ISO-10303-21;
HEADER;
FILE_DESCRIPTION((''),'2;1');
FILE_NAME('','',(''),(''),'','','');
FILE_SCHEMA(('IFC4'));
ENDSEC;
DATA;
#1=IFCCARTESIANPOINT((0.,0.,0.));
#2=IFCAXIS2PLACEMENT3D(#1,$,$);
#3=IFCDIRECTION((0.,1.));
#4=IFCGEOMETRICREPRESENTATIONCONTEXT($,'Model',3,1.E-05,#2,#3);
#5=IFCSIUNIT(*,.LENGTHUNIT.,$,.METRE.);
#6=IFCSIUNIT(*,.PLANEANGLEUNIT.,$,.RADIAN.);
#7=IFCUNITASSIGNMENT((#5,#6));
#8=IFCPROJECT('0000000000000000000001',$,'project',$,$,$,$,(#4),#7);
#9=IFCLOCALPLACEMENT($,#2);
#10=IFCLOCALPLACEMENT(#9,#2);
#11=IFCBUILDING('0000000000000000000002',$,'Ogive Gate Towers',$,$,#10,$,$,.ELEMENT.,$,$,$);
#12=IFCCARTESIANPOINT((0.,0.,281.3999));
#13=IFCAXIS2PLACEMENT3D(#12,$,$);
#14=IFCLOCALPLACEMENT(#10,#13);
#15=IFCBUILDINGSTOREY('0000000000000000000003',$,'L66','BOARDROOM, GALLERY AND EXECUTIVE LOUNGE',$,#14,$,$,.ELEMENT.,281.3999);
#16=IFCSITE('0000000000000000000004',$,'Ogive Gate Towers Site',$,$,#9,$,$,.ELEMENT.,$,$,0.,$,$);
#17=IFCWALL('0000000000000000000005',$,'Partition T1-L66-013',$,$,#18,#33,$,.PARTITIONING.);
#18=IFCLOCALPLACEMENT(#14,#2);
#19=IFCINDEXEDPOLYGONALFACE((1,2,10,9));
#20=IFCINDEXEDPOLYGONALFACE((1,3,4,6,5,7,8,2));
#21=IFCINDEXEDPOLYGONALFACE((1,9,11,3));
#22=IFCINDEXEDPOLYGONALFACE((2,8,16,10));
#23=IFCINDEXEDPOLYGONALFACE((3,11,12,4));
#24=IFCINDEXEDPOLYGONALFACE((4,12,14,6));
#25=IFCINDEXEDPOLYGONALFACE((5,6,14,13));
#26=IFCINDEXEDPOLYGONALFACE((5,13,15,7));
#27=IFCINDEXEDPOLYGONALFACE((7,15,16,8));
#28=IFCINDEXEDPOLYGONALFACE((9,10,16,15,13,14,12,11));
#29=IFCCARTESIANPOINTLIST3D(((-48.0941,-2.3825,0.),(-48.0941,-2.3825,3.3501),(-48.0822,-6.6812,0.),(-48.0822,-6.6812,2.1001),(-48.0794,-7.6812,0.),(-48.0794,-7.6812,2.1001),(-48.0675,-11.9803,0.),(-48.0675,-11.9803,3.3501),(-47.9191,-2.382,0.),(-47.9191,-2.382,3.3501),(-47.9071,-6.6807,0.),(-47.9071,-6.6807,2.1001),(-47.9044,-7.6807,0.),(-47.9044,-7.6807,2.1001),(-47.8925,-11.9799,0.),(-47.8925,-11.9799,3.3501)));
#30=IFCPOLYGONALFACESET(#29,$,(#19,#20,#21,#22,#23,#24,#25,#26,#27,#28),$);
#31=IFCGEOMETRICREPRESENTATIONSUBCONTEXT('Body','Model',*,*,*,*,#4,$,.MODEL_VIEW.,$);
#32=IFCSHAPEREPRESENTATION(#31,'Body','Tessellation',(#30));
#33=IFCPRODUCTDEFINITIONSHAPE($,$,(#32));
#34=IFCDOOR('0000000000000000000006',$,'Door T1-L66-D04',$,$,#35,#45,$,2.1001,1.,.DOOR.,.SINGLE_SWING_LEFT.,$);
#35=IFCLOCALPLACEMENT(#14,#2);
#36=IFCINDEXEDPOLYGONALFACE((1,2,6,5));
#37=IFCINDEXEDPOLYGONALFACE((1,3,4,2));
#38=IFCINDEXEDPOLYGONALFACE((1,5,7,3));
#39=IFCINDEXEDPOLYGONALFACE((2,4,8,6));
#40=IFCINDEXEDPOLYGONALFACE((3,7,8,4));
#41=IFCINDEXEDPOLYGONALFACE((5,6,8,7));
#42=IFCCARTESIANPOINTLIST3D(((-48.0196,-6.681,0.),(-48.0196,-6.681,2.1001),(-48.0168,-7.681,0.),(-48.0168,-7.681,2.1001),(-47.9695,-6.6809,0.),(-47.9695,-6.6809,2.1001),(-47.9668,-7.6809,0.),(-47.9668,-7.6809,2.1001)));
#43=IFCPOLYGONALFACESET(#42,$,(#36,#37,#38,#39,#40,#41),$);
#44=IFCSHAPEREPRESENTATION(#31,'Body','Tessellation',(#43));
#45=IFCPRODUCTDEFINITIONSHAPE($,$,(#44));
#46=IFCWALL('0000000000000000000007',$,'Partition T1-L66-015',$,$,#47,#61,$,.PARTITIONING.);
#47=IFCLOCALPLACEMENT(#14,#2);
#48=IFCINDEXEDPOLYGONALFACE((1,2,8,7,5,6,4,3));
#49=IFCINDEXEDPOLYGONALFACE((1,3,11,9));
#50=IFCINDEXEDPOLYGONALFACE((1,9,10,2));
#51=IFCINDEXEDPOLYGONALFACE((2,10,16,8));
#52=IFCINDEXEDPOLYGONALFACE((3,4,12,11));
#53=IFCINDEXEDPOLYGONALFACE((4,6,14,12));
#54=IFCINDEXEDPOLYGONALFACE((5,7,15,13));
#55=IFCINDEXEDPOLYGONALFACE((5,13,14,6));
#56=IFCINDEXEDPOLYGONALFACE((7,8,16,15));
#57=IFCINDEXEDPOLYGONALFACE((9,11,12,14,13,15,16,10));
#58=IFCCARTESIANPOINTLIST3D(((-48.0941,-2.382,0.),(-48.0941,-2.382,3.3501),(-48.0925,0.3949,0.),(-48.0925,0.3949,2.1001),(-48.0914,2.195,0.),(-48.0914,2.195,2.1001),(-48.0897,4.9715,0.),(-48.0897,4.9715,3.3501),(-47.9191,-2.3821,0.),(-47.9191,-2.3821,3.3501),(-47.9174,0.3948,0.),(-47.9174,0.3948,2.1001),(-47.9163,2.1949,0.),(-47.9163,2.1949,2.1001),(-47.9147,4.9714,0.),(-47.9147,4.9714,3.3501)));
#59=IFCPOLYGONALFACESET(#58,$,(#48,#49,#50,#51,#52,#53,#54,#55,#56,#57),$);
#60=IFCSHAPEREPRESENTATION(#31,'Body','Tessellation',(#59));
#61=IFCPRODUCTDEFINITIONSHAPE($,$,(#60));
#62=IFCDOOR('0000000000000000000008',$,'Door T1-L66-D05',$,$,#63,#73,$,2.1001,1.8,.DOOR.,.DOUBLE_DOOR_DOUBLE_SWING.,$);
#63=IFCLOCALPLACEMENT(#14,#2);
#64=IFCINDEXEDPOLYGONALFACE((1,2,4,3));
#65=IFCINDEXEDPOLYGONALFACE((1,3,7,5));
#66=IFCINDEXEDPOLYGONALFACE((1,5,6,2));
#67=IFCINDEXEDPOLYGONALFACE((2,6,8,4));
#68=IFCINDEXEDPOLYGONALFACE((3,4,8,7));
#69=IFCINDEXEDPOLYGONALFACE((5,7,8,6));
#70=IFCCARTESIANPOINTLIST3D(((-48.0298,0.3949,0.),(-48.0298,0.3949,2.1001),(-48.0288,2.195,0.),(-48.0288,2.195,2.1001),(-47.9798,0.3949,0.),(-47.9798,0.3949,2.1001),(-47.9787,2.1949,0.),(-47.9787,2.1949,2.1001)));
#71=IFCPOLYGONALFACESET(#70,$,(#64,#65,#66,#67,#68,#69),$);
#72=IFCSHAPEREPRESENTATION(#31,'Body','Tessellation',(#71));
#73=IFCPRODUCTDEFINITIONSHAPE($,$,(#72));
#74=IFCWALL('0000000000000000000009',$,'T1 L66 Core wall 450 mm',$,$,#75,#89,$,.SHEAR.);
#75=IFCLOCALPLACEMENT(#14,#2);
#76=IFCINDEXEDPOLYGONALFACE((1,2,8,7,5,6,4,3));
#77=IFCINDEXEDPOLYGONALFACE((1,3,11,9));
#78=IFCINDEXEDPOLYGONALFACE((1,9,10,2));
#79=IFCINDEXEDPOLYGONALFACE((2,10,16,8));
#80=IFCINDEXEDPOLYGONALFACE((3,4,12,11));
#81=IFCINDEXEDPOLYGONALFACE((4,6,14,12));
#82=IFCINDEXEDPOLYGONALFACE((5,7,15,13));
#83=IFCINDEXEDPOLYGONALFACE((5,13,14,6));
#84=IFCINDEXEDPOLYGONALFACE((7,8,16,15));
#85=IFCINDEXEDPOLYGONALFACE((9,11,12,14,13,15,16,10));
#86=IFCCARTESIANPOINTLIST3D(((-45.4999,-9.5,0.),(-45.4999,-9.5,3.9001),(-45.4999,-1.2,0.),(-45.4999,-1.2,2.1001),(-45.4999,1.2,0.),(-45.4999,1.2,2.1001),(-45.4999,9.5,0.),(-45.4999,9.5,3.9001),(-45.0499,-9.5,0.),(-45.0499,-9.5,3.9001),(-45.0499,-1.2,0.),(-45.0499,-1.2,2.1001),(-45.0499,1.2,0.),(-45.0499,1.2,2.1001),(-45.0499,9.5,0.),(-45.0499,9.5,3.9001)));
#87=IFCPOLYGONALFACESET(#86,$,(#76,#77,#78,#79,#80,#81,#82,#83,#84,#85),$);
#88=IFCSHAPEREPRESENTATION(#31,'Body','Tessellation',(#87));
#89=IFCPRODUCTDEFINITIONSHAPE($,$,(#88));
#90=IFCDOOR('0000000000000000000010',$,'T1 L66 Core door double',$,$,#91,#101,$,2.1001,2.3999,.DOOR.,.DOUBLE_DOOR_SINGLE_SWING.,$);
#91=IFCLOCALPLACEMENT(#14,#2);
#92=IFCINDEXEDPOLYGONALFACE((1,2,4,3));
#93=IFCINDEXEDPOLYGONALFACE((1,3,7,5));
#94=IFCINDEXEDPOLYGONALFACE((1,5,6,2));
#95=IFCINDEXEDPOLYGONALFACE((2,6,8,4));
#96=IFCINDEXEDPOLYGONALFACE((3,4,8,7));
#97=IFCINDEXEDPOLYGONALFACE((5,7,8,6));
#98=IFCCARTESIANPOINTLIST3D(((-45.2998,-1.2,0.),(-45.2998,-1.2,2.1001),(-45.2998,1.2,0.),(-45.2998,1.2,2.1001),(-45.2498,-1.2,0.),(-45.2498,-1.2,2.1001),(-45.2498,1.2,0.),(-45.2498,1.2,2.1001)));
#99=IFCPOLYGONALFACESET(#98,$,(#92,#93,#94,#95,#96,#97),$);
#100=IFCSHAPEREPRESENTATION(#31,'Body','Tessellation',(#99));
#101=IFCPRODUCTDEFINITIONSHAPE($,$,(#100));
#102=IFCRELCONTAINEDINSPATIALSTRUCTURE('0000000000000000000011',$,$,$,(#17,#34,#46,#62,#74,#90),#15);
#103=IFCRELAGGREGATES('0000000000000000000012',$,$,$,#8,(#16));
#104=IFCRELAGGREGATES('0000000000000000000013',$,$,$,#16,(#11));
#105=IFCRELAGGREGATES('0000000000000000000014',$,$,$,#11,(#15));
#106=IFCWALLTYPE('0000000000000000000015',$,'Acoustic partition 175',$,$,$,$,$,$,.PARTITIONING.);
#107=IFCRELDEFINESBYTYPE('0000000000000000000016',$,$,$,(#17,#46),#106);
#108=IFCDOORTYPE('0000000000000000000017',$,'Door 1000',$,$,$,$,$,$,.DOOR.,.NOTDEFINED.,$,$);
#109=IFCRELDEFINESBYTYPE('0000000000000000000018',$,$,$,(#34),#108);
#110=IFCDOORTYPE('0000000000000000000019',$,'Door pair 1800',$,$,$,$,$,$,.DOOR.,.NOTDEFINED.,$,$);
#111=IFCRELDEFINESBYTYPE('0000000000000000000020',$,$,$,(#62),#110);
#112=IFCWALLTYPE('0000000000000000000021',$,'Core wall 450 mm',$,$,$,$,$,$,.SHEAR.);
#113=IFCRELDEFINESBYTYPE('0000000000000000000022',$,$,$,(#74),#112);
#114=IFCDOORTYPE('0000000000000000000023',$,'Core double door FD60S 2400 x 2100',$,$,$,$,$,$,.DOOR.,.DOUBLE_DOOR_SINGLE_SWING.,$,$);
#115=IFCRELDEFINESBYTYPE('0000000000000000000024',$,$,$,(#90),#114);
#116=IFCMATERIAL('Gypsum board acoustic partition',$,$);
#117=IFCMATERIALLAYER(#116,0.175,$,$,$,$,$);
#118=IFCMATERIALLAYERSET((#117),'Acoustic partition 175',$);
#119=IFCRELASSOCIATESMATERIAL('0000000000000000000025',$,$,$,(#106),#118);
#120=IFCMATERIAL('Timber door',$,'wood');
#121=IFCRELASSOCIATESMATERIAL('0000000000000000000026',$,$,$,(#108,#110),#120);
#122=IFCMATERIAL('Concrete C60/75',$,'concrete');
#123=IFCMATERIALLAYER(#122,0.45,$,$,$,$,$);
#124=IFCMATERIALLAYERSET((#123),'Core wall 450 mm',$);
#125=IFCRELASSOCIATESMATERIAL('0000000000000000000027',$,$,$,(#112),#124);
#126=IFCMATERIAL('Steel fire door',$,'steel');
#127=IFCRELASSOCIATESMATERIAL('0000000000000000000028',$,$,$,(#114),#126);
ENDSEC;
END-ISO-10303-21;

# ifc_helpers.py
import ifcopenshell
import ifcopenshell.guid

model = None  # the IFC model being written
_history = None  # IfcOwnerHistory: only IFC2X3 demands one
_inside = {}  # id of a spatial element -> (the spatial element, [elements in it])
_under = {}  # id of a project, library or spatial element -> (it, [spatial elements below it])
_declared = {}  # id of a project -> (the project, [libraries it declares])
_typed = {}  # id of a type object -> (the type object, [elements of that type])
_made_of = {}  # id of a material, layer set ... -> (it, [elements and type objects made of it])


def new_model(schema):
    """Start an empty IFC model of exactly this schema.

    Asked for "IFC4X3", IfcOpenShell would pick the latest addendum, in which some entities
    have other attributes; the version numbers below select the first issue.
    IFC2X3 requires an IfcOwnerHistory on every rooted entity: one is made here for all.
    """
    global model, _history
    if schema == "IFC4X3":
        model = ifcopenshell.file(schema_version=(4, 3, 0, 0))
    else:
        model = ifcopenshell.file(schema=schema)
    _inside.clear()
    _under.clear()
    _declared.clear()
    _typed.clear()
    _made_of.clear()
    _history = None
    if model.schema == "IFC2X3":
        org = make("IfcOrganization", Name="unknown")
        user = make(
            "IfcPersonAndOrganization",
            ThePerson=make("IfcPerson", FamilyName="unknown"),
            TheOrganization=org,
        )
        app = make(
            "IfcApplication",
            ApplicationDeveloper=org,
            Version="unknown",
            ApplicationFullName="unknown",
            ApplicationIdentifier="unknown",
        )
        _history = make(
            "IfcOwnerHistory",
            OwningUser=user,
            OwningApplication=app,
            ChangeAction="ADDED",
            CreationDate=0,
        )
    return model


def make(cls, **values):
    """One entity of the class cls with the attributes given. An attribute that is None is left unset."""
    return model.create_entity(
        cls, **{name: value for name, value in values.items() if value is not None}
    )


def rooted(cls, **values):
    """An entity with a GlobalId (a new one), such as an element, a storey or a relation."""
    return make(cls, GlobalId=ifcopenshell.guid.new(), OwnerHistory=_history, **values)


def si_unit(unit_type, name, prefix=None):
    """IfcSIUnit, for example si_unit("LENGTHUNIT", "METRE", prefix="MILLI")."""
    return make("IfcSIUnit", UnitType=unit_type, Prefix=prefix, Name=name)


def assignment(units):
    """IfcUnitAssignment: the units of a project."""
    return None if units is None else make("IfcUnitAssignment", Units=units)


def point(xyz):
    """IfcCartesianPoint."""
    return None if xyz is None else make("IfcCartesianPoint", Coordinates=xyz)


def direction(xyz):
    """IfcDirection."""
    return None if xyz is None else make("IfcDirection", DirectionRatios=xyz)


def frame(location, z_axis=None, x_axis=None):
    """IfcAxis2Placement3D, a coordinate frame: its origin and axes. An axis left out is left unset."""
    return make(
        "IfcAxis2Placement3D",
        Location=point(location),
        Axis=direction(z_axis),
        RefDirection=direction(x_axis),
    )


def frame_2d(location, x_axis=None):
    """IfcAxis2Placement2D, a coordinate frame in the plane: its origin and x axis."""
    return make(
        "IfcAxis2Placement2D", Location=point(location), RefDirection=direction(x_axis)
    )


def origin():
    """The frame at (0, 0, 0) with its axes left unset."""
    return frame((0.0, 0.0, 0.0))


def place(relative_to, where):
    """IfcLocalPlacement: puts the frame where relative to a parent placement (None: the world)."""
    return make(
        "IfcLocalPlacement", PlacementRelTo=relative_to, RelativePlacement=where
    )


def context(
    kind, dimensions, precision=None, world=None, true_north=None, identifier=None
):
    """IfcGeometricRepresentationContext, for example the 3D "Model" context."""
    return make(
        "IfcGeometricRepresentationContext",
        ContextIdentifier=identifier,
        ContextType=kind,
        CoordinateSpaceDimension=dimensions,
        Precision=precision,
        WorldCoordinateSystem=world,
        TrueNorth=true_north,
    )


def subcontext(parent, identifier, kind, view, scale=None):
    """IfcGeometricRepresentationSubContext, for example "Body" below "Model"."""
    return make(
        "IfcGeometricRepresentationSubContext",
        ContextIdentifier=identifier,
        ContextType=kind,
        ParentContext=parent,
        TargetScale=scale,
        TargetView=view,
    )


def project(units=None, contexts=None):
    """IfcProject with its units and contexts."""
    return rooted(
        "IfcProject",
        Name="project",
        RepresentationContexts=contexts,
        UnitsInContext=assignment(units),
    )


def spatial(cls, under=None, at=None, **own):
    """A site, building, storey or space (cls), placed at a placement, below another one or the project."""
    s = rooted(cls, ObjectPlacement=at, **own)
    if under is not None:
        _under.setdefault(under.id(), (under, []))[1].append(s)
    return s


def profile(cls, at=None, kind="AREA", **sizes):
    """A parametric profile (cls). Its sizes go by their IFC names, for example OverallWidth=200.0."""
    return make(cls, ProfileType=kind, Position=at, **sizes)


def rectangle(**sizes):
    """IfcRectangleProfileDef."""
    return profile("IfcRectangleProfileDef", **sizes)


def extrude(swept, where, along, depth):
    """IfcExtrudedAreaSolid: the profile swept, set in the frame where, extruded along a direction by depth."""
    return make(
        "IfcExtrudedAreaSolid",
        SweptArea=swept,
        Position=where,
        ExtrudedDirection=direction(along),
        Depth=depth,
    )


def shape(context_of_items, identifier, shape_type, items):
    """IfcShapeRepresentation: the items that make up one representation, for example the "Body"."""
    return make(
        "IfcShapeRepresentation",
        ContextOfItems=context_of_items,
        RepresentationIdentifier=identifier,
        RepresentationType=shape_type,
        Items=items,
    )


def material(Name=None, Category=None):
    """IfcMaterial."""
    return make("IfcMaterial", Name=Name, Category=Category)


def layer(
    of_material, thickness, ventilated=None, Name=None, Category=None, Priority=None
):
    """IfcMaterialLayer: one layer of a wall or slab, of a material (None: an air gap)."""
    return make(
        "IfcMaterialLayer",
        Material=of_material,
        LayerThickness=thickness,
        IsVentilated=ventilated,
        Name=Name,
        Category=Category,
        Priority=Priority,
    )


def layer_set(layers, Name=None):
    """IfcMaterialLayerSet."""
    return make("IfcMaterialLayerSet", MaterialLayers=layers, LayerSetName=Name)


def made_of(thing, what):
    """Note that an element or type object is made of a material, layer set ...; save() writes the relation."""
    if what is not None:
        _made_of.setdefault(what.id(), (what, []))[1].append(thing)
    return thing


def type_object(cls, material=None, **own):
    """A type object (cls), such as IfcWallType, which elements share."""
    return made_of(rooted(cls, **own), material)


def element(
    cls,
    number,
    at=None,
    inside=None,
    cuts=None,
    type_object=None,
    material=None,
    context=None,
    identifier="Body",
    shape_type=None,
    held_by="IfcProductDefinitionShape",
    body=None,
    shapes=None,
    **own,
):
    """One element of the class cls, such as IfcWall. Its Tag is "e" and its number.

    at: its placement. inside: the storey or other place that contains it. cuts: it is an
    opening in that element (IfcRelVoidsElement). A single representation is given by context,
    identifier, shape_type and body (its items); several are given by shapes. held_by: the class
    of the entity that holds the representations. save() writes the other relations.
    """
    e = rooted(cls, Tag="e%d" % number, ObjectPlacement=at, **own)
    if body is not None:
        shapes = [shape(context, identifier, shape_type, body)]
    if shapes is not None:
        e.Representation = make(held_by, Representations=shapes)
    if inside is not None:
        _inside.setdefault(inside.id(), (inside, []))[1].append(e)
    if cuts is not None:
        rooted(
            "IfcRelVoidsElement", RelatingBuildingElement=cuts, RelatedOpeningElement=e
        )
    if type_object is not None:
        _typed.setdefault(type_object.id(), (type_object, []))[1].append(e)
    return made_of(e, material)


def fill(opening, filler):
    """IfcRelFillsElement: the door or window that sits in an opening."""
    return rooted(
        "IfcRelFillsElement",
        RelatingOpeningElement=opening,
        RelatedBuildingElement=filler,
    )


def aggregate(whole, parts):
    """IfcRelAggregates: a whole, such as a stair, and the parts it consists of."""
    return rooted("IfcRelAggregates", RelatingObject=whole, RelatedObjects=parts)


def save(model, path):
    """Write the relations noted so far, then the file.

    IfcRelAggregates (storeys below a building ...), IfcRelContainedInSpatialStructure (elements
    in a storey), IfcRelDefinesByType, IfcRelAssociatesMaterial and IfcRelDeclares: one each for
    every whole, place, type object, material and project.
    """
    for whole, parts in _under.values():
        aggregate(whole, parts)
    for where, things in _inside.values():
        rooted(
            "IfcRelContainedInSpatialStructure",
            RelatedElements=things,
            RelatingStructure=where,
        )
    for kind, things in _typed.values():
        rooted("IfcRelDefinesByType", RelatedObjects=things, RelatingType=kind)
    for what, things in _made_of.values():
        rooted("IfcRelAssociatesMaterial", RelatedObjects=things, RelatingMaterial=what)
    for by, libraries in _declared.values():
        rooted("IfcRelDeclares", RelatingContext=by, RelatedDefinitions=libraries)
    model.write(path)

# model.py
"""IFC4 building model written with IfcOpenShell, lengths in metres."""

from ifc_helpers import new_model, si_unit, direction, frame, frame_2d, origin, place, context, subcontext, project, spatial, rectangle, extrude, material, layer, layer_set, type_object, element, fill, save


model = new_model("IFC4")

# Units and contexts
model_context = context("Model", 3, precision=1e-05, world=origin(), true_north=direction((0.0, 1.0)))
body_context = subcontext(model_context, "Body", "Model", "MODEL_VIEW")
ifc_project = project(units=[si_unit("LENGTHUNIT", "METRE"), si_unit("PLANEANGLEUNIT", "RADIAN")], contexts=[model_context])

# Site, building, storey
site_placement = place(None, origin())
site = spatial("IfcSite", under=ifc_project, at=site_placement, Name="Ogive Gate Towers Site", CompositionType="ELEMENT", RefElevation=0.0)
building_placement = place(site_placement, origin())
building = spatial("IfcBuilding", under=site, at=building_placement, Name="Ogive Gate Towers", CompositionType="ELEMENT")
storey_placement = place(building_placement, frame((0.0, 0.0, 281.3999)))
storey = spatial("IfcBuildingStorey", under=building, at=storey_placement, Name="L66", Description="BOARDROOM, GALLERY AND EXECUTIVE LOUNGE", CompositionType="ELEMENT", Elevation=281.3999)

# Shared definitions
ifc_material_1 = material(Name="Gypsum board acoustic partition")
ifc_layer_1 = layer(ifc_material_1, 0.175)
ifc_layer_set_1 = layer_set([ifc_layer_1], Name="Acoustic partition 175")
wall_type_1 = type_object("IfcWallType", Name="Acoustic partition 175", PredefinedType="PARTITIONING", material=ifc_layer_set_1)

# Walls, openings, doors
wall_1_placement = place(storey_placement, frame((-47.98, -11.98, 0.0), z_axis=(0.0, 0.0, 1.0), x_axis=(-0.002773, 0.999996, 0.0)))
wall_1 = element("IfcWall", 1, at=wall_1_placement, inside=storey, type_object=wall_type_1, Name="Partition T1-L66-013", PredefinedType="PARTITIONING", context=body_context, shape_type="SweptSolid", body=[
    extrude(rectangle(XDim=9.5979, YDim=0.175, at=frame_2d((4.7988, 0.0))), origin(), (0.0, 0.0, 1.0), 3.3501),
])
opening_1_placement = place(wall_1_placement, frame((4.2991, 0.0, 0.0)))
opening_1 = element("IfcOpeningElement", 2, at=opening_1_placement, cuts=wall_1, PredefinedType="OPENING", context=body_context, shape_type="SweptSolid", body=[
    extrude(rectangle(XDim=1.0, YDim=2.1001, at=frame_2d((0.5, 1.05))), frame((0.0, 0.0977, 0.0), z_axis=(0.0, -1.0, 0.0), x_axis=(1.0, 0.0, 0.0)), (0.0, 0.0, 1.0), 0.1951),
])
ifc_material_2 = material(Name="Timber door", Category="wood")
door_type_1 = type_object("IfcDoorType", Name="Door 1000", OperationType="NOTDEFINED", PredefinedType="DOOR", material=ifc_material_2)
door_1_placement = place(opening_1_placement, origin())
door_1 = element("IfcDoor", 3, at=door_1_placement, inside=storey, type_object=door_type_1, Name="Door T1-L66-D04", OperationType="SINGLE_SWING_LEFT", OverallHeight=2.1001, OverallWidth=1.0, PredefinedType="DOOR", context=body_context, shape_type="SweptSolid", body=[
    extrude(rectangle(XDim=1.0, YDim=2.1001, at=frame_2d((0.5, 1.05))), frame((0.0, 0.0249, 0.0), z_axis=(0.0, -1.0, 0.0), x_axis=(1.0, 0.0, 0.0)), (0.0, 0.0, 1.0), 0.05),
])
fill(opening_1, door_1)
wall_2_placement = place(storey_placement, frame((-48.0066, -2.3821, 0.0), z_axis=(0.0, 0.0, 1.0), x_axis=(0.000598, 1.0, 0.0)))
wall_2 = element("IfcWall", 4, at=wall_2_placement, inside=storey, type_object=wall_type_1, Name="Partition T1-L66-015", PredefinedType="PARTITIONING", context=body_context, shape_type="SweptSolid", body=[
    extrude(rectangle(XDim=7.3535, YDim=0.175, at=frame_2d((3.6768, 0.0))), origin(), (0.0, 0.0, 1.0), 3.3501),
])
opening_2_placement = place(wall_2_placement, frame((2.7771, 0.0, 0.0)))
opening_2 = element("IfcOpeningElement", 5, at=opening_2_placement, cuts=wall_2, PredefinedType="OPENING", context=body_context, shape_type="SweptSolid", body=[
    extrude(rectangle(XDim=1.8, YDim=2.1001, at=frame_2d((0.8999, 1.05))), frame((0.0, 0.0977, 0.0), z_axis=(0.0, -1.0, 0.0), x_axis=(1.0, 0.0, 0.0)), (0.0, 0.0, 1.0), 0.1951),
])
door_type_2 = type_object("IfcDoorType", Name="Door pair 1800", OperationType="NOTDEFINED", PredefinedType="DOOR", material=ifc_material_2)
door_2_placement = place(opening_2_placement, origin())
door_2 = element("IfcDoor", 6, at=door_2_placement, inside=storey, type_object=door_type_2, Name="Door T1-L66-D05", OperationType="DOUBLE_DOOR_DOUBLE_SWING", OverallHeight=2.1001, OverallWidth=1.8, PredefinedType="DOOR", context=body_context, shape_type="SweptSolid", body=[
    extrude(rectangle(XDim=1.8, YDim=2.1001, at=frame_2d((0.8999, 1.05))), frame((0.0, 0.0249, 0.0), z_axis=(0.0, -1.0, 0.0), x_axis=(1.0, 0.0, 0.0)), (0.0, 0.0, 1.0), 0.05),
])
fill(opening_2, door_2)
ifc_material_3 = material(Name="Concrete C60/75", Category="concrete")
ifc_layer_2 = layer(ifc_material_3, 0.45)
ifc_layer_set_2 = layer_set([ifc_layer_2], Name="Core wall 450 mm")
wall_type_2 = type_object("IfcWallType", Name="Core wall 450 mm", PredefinedType="SHEAR", material=ifc_layer_set_2)
wall_3_placement = place(storey_placement, frame((-45.2749, -9.5, 0.0), z_axis=(0.0, 0.0, 1.0), x_axis=(0.0, 1.0, 0.0)))
wall_3 = element("IfcWall", 7, at=wall_3_placement, inside=storey, type_object=wall_type_2, Name="T1 L66 Core wall 450 mm", PredefinedType="SHEAR", context=body_context, shape_type="SweptSolid", body=[
    extrude(rectangle(XDim=19.0, YDim=0.45, at=frame_2d((9.5, 0.0))), origin(), (0.0, 0.0, 1.0), 3.9001),
])
opening_3_placement = place(wall_3_placement, frame((8.3, 0.0, 0.0)))
opening_3 = element("IfcOpeningElement", 8, at=opening_3_placement, cuts=wall_3, PredefinedType="OPENING", context=body_context, shape_type="SweptSolid", body=[
    extrude(rectangle(XDim=2.3999, YDim=2.1001, at=frame_2d((1.2, 1.05))), frame((0.0, 0.2349, 0.0), z_axis=(0.0, -1.0, 0.0), x_axis=(1.0, 0.0, 0.0)), (0.0, 0.0, 1.0), 0.47),
])
ifc_material_4 = material(Name="Steel fire door", Category="steel")
door_type_3 = type_object("IfcDoorType", Name="Core double door FD60S 2400 x 2100", OperationType="DOUBLE_DOOR_SINGLE_SWING", PredefinedType="DOOR", material=ifc_material_4)
door_3_placement = place(opening_3_placement, origin())
door_3 = element("IfcDoor", 9, at=door_3_placement, inside=storey, type_object=door_type_3, Name="T1 L66 Core door double", OperationType="DOUBLE_DOOR_SINGLE_SWING", OverallHeight=2.1001, OverallWidth=2.3999, PredefinedType="DOOR", context=body_context, shape_type="SweptSolid", body=[
    extrude(rectangle(XDim=2.3999, YDim=2.1001, at=frame_2d((1.2, 1.05))), frame((0.0, 0.0249, 0.0), z_axis=(0.0, -1.0, 0.0), x_axis=(1.0, 0.0, 0.0)), (0.0, 0.0, 1.0), 0.05),
])
fill(opening_3, door_3)

save(model, "model.ifc")
